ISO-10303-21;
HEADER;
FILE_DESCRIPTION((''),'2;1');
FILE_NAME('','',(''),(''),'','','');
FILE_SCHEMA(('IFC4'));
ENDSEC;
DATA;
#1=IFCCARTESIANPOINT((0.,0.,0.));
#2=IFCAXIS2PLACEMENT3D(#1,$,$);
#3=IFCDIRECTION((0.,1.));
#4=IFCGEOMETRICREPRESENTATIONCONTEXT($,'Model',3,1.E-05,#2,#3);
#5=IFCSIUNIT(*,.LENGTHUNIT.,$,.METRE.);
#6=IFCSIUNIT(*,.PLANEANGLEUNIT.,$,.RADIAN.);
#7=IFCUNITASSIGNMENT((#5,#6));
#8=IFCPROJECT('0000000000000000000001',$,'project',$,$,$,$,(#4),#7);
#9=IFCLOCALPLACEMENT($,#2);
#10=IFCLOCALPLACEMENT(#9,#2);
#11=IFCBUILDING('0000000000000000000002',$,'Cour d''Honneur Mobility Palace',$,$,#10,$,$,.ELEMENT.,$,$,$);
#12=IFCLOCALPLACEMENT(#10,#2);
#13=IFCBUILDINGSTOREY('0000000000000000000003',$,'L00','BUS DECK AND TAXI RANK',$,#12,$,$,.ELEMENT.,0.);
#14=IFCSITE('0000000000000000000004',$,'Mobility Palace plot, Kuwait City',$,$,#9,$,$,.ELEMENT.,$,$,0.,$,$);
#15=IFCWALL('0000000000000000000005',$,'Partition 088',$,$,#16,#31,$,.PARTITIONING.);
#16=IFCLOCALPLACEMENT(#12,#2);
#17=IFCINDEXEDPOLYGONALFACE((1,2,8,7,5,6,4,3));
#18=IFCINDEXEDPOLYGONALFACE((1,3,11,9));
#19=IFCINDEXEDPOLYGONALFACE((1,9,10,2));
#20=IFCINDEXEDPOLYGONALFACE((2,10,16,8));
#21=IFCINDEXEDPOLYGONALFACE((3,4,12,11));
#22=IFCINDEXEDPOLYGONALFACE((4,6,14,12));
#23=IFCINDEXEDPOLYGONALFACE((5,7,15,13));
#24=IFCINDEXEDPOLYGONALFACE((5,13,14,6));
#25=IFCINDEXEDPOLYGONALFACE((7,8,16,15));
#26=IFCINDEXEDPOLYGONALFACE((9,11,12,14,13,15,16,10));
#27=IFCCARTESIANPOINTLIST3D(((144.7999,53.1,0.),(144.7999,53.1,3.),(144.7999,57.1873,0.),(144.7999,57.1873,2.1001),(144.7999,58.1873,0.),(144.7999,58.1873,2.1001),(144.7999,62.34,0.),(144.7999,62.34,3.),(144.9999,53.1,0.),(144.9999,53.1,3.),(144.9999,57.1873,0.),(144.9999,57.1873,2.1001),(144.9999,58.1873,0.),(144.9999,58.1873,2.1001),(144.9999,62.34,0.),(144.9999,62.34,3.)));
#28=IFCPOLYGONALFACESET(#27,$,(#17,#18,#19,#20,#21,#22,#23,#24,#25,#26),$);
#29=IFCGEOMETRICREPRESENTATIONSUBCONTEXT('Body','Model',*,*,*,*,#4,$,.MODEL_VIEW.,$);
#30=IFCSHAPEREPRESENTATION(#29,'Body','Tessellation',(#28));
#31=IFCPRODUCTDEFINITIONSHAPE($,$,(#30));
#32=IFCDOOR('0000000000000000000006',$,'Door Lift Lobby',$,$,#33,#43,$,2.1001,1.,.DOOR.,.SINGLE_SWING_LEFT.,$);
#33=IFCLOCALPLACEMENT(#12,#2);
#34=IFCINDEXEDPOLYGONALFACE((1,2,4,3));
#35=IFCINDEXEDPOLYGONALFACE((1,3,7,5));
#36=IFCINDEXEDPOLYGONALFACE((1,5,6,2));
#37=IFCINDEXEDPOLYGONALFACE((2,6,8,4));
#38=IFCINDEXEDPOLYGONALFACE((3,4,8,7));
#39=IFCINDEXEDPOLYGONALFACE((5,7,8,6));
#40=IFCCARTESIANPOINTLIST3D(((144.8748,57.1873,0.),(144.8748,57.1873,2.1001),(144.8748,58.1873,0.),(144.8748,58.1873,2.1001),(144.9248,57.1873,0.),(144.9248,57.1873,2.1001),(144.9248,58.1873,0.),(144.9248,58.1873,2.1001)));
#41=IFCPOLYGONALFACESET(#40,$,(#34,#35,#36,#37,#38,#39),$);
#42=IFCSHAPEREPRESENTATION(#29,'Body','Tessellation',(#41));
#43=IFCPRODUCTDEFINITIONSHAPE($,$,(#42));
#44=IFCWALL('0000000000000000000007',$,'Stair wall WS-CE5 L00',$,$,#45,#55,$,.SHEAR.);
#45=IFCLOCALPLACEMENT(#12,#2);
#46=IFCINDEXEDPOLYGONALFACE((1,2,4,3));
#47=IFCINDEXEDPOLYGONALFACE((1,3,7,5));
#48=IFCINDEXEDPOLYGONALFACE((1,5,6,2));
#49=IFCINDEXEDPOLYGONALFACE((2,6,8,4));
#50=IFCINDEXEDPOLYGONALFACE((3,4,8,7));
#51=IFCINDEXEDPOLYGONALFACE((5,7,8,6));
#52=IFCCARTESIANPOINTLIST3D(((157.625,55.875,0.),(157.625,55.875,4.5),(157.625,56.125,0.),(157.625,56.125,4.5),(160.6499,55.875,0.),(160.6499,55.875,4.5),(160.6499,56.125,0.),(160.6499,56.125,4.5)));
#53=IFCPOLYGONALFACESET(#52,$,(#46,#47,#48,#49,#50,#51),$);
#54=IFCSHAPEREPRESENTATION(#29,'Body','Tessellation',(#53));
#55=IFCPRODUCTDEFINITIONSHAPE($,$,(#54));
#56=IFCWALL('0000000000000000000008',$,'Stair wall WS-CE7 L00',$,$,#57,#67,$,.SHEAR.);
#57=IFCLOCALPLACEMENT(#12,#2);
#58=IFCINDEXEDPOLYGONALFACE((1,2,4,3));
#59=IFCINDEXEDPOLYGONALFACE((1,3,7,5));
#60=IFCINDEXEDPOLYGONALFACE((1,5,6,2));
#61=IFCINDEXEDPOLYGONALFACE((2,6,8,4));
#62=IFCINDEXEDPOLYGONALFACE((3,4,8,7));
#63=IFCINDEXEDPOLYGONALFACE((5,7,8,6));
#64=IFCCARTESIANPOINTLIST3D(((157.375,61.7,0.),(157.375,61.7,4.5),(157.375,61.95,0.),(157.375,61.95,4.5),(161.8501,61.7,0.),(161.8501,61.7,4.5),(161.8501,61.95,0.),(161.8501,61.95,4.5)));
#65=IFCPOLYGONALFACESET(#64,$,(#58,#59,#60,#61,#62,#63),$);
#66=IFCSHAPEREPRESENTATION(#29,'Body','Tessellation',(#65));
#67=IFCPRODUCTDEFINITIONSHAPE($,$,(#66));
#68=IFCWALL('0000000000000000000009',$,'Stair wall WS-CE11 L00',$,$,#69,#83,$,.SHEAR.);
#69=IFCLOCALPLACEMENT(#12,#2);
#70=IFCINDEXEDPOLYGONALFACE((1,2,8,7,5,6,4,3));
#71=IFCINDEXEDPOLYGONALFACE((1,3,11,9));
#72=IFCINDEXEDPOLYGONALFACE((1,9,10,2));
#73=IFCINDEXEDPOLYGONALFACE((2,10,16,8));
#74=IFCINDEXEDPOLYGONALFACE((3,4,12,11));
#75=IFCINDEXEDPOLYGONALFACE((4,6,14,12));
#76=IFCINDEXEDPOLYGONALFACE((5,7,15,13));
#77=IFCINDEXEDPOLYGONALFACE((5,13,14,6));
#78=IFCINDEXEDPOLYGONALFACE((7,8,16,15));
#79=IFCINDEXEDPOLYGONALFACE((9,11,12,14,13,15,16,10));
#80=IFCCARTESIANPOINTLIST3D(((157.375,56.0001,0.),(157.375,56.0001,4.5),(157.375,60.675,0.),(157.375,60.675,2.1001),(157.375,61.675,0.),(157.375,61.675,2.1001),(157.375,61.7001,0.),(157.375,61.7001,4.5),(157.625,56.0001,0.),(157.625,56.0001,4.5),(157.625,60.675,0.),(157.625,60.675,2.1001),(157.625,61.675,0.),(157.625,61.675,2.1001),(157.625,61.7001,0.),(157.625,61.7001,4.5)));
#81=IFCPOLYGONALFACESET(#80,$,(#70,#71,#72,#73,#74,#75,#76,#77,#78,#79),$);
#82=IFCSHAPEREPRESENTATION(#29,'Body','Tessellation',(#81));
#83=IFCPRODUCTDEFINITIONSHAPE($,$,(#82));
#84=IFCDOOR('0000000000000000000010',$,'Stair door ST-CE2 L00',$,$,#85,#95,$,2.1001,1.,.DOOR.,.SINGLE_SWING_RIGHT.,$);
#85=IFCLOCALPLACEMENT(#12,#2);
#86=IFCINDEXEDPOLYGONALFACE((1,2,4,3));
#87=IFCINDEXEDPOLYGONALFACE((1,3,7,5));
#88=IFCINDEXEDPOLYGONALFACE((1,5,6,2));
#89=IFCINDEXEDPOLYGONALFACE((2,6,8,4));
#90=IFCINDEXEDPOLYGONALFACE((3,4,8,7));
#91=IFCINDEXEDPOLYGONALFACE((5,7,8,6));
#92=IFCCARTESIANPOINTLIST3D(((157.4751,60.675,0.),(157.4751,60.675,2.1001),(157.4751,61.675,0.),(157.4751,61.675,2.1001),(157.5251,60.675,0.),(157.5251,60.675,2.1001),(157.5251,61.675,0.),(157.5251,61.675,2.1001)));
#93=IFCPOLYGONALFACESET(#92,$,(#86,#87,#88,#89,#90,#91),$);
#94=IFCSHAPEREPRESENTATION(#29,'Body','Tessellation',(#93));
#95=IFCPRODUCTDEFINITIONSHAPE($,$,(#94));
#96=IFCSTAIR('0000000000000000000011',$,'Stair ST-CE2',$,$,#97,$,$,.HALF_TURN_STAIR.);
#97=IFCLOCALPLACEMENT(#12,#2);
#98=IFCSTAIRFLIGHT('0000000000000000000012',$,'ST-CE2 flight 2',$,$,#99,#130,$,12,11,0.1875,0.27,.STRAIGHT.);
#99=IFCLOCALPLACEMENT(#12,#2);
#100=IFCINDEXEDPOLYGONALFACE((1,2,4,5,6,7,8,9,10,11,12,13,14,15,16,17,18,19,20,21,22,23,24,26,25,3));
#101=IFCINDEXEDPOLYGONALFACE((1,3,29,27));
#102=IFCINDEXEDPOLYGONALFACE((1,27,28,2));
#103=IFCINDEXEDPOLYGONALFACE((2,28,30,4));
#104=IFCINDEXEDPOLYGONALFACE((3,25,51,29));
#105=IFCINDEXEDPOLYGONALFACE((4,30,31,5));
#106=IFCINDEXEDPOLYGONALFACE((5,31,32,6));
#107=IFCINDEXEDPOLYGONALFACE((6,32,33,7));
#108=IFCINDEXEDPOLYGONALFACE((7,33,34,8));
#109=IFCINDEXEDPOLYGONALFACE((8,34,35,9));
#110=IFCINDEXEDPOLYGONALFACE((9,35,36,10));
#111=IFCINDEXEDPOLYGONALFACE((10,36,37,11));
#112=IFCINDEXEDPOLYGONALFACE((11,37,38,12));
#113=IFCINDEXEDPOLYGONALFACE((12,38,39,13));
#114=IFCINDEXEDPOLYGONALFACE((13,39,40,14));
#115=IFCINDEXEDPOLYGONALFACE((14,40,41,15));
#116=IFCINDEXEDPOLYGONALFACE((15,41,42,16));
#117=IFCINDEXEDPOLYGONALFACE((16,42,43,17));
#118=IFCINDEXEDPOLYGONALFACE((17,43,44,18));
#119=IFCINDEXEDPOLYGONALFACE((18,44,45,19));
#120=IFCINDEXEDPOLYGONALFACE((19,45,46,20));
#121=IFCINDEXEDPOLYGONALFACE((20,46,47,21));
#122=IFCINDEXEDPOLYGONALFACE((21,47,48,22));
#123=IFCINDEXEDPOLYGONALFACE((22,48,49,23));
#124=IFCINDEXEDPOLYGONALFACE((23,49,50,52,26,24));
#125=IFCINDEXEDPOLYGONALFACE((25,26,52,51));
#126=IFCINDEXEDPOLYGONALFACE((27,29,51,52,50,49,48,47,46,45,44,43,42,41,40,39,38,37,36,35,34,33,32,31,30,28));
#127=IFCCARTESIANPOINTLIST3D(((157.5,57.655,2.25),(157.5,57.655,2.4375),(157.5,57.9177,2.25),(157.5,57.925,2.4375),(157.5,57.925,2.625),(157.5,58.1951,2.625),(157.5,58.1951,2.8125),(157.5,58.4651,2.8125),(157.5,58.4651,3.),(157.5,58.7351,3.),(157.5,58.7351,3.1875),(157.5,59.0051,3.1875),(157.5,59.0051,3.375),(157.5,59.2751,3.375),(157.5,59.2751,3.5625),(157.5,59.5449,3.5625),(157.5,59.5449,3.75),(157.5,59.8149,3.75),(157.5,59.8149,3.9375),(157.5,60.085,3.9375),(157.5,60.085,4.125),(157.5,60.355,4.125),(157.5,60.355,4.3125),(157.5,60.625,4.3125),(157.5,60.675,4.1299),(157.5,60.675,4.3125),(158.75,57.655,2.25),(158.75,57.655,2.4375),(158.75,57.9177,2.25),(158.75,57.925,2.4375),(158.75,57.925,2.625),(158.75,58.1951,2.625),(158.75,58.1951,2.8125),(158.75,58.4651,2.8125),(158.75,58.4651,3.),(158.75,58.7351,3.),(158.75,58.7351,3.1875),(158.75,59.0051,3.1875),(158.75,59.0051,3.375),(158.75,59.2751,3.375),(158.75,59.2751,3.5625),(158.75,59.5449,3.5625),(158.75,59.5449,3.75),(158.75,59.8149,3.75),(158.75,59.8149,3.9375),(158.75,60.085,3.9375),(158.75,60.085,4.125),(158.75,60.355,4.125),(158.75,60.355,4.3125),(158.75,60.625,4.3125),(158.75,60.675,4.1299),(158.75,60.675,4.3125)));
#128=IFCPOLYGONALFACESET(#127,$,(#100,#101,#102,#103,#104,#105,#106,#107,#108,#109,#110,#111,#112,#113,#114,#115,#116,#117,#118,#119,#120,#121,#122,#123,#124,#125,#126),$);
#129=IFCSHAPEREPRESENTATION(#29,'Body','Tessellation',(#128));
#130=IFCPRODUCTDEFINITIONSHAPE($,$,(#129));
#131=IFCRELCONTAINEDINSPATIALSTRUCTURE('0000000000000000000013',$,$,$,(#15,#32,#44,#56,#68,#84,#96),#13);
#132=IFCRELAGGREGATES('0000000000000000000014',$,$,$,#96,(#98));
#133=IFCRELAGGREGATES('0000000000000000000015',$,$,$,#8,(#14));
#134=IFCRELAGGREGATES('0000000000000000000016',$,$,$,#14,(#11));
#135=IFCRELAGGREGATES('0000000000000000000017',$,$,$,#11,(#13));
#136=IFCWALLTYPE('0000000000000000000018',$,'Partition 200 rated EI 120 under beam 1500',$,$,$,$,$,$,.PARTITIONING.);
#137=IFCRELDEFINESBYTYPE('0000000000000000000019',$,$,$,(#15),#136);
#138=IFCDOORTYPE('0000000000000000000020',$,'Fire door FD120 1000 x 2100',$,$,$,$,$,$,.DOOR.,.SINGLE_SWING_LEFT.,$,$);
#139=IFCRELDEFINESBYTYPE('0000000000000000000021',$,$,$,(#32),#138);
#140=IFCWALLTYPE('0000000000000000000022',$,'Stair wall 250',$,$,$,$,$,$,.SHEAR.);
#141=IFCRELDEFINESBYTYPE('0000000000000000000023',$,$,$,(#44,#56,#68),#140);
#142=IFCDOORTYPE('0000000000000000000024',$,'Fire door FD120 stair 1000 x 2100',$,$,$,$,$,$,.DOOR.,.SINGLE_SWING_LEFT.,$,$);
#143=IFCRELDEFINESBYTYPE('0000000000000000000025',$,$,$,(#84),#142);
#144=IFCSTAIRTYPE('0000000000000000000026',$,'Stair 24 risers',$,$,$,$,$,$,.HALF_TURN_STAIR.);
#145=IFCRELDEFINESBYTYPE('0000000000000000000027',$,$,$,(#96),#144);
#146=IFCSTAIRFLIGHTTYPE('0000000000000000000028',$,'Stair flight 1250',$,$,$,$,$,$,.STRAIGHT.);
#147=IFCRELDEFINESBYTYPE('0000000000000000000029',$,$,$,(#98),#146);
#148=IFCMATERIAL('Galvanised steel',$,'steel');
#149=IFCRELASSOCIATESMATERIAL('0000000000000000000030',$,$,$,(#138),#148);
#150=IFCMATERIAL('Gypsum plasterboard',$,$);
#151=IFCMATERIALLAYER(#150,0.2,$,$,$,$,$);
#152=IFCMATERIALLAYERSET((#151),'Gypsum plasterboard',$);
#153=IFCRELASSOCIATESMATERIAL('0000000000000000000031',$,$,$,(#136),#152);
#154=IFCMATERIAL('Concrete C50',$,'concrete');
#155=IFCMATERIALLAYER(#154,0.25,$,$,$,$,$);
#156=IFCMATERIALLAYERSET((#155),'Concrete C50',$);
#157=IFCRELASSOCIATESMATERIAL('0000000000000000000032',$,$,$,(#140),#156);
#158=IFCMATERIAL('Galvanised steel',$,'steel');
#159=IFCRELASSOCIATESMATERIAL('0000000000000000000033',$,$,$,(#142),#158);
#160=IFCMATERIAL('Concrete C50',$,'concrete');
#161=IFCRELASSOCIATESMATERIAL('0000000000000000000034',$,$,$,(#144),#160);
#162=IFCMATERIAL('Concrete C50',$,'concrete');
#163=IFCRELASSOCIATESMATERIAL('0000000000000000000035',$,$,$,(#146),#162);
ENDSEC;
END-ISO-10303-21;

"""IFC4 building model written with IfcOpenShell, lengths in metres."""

from ifc_helpers import new_model, si_unit, direction, frame, frame_2d, origin, place, context, subcontext, project, spatial, polyline, rectangle, outline, extrude, material, layer, layer_set, type_object, element, fill, aggregate, save


model = new_model("IFC4")

# Units and contexts
model_context = context("Model", 3, precision=1e-05, world=origin(), true_north=direction((0.0, 1.0)))
body_context = subcontext(model_context, "Body", "Model", "MODEL_VIEW")
ifc_project = project(units=[si_unit("LENGTHUNIT", "METRE"), si_unit("PLANEANGLEUNIT", "RADIAN")], contexts=[model_context])

# Site, building, storey
site_placement = place(None, origin())
site = spatial("IfcSite", under=ifc_project, at=site_placement, Name="Mobility Palace plot, Kuwait City", CompositionType="ELEMENT", RefElevation=0.0)
building_placement = place(site_placement, origin())
building = spatial("IfcBuilding", under=site, at=building_placement, Name="Cour d'Honneur Mobility Palace", CompositionType="ELEMENT")
storey_placement = place(building_placement, origin())
storey = spatial("IfcBuildingStorey", under=building, at=storey_placement, Name="L00", Description="BUS DECK AND TAXI RANK", CompositionType="ELEMENT", Elevation=0.0)

# Shared definitions
ifc_material_1 = material(Name="Galvanised steel", Category="steel")
door_type_1 = type_object("IfcDoorType", Name="Fire door FD120 1000 x 2100", OperationType="SINGLE_SWING_LEFT", PredefinedType="DOOR", material=ifc_material_1)

# Wall, opening, door
ifc_material_2 = material(Name="Gypsum plasterboard")
ifc_layer_1 = layer(ifc_material_2, 0.2)
ifc_layer_set_1 = layer_set([ifc_layer_1], Name="Gypsum plasterboard")
wall_type_1 = type_object("IfcWallType", Name="Partition 200 rated EI 120 under beam 1500", PredefinedType="PARTITIONING", material=ifc_layer_set_1)
wall_1_placement = place(storey_placement, frame((144.8999, 62.3401, 0.0), z_axis=(0.0, 0.0, 1.0), x_axis=(0.0, -1.0, 0.0)))
wall_1 = element("IfcWall", 1, at=wall_1_placement, inside=storey, type_object=wall_type_1, Name="Partition 088", PredefinedType="PARTITIONING", context=body_context, shape_type="SweptSolid", body=[
    extrude(rectangle(XDim=9.24, YDim=0.2, at=frame_2d((4.6201, 0.0))), origin(), (0.0, 0.0, 1.0), 3.0),
])
opening_1_placement = place(wall_1_placement, frame((4.1528, 0.0, 0.0)))
opening_1 = element("IfcOpeningElement", 2, at=opening_1_placement, cuts=wall_1, PredefinedType="OPENING", context=body_context, shape_type="SweptSolid", body=[
    extrude(rectangle(XDim=1.0, YDim=2.1001, at=frame_2d((0.5, 1.05))), frame((0.0, 0.1099, 0.0), z_axis=(0.0, -1.0, 0.0), x_axis=(1.0, 0.0, 0.0)), (0.0, 0.0, 1.0), 0.22),
])
door_1_placement = place(opening_1_placement, origin())
door_1 = element("IfcDoor", 3, at=door_1_placement, inside=storey, type_object=door_type_1, Name="Door Lift Lobby", OperationType="SINGLE_SWING_LEFT", OverallHeight=2.1001, OverallWidth=1.0, PredefinedType="DOOR", context=body_context, shape_type="SweptSolid", body=[
    extrude(rectangle(XDim=1.0, YDim=2.1001, at=frame_2d((0.5, 1.05))), frame((0.0, 0.0249, 0.0), z_axis=(0.0, -1.0, 0.0), x_axis=(1.0, 0.0, 0.0)), (0.0, 0.0, 1.0), 0.05),
])
fill(opening_1, door_1)

# Walls
ifc_material_3 = material(Name="Concrete C50", Category="concrete")
ifc_layer_2 = layer(ifc_material_3, 0.25)
ifc_layer_set_2 = layer_set([ifc_layer_2], Name="Concrete C50")
wall_type_2 = type_object("IfcWallType", Name="Stair wall 250", PredefinedType="SHEAR", material=ifc_layer_set_2)
wall_2_placement = place(storey_placement, frame((157.625, 56.0, 0.0), z_axis=(0.0, 0.0, 1.0), x_axis=(1.0, 0.0, 0.0)))
element("IfcWall", 4, at=wall_2_placement, inside=storey, type_object=wall_type_2, Name="Stair wall WS-CE5 L00", PredefinedType="SHEAR", context=body_context, shape_type="SweptSolid", body=[
    extrude(rectangle(XDim=3.0249, YDim=0.25, at=frame_2d((1.5125, 0.0))), origin(), (0.0, 0.0, 1.0), 4.5),
])
wall_3_placement = place(storey_placement, frame((157.375, 61.825, 0.0), z_axis=(0.0, 0.0, 1.0), x_axis=(1.0, 0.0, 0.0)))
element("IfcWall", 5, at=wall_3_placement, inside=storey, type_object=wall_type_2, Name="Stair wall WS-CE7 L00", PredefinedType="SHEAR", context=body_context, shape_type="SweptSolid", body=[
    extrude(rectangle(XDim=4.4751, YDim=0.25, at=frame_2d((2.2375, 0.0))), origin(), (0.0, 0.0, 1.0), 4.5),
])

# Wall, opening, door
wall_4_placement = place(storey_placement, frame((157.5, 56.0, 0.0), z_axis=(0.0, 0.0, 1.0), x_axis=(0.0, 1.0, 0.0)))
wall_4 = element("IfcWall", 6, at=wall_4_placement, inside=storey, type_object=wall_type_2, Name="Stair wall WS-CE11 L00", PredefinedType="SHEAR", context=body_context, shape_type="SweptSolid", body=[
    extrude(rectangle(XDim=5.7, YDim=0.25, at=frame_2d((2.8501, 0.0))), origin(), (0.0, 0.0, 1.0), 4.5),
])
opening_2_placement = place(wall_4_placement, frame((4.675, 0.0, 0.0)))
opening_2 = element("IfcOpeningElement", 7, at=opening_2_placement, cuts=wall_4, PredefinedType="OPENING", context=body_context, shape_type="SweptSolid", body=[
    extrude(rectangle(XDim=1.0, YDim=2.1001, at=frame_2d((0.5, 1.05))), frame((0.0, 0.135, 0.0), z_axis=(0.0, -1.0, 0.0), x_axis=(1.0, 0.0, 0.0)), (0.0, 0.0, 1.0), 0.27),
])
ifc_material_4 = material(Name="Galvanised steel", Category="steel")
door_type_2 = type_object("IfcDoorType", Name="Fire door FD120 stair 1000 x 2100", OperationType="SINGLE_SWING_LEFT", PredefinedType="DOOR", material=ifc_material_4)
door_2_placement = place(opening_2_placement, origin())
door_2 = element("IfcDoor", 8, at=door_2_placement, inside=storey, type_object=door_type_2, Name="Stair door ST-CE2 L00", OperationType="SINGLE_SWING_RIGHT", OverallHeight=2.1001, OverallWidth=1.0, PredefinedType="DOOR", context=body_context, shape_type="SweptSolid", body=[
    extrude(rectangle(XDim=1.0, YDim=2.1001, at=frame_2d((0.5, 1.05))), frame((0.0, 0.0249, 0.0), z_axis=(0.0, -1.0, 0.0), x_axis=(1.0, 0.0, 0.0)), (0.0, 0.0, 1.0), 0.05),
])
fill(opening_2, door_2)

# Stair, stair flight
ifc_material_5 = material(Name="Concrete C50", Category="concrete")
stair_type = type_object("IfcStairType", Name="Stair 24 risers", PredefinedType="HALF_TURN_STAIR", material=ifc_material_5)
stair_placement = place(storey_placement, origin())
stair = element("IfcStair", 9, at=stair_placement, inside=storey, type_object=stair_type, Name="Stair ST-CE2", PredefinedType="HALF_TURN_STAIR")
ifc_material_6 = material(Name="Concrete C50", Category="concrete")
stair_flight_type = type_object("IfcStairFlightType", Name="Stair flight 1250", PredefinedType="STRAIGHT", material=ifc_material_6)
stair_flight_placement = place(storey_placement, frame((158.125, 57.655, 2.25), z_axis=(0.0, 0.0, 1.0), x_axis=(0.0, 1.0, 0.0)))
stair_flight = element("IfcStairFlight", 10, at=stair_flight_placement, type_object=stair_flight_type, Name="ST-CE2 flight 2", NumberOfRisers=12, NumberOfTreads=11, PredefinedType="STRAIGHT", RiserHeight=0.1875, TreadLength=0.27, context=body_context, shape_type="SweptSolid", body=[
    extrude(outline(polyline([(0.0, 0.0), (0.0, 0.1875), (0.27, 0.1875), (0.27, 0.375), (0.54, 0.375), (0.54, 0.5625), (0.8101, 0.5625), (0.8101, 0.75), (1.0801, 0.75), (1.0801, 0.9375), (1.3501, 0.9375), (1.3501, 1.125), (1.6201, 1.125), (1.6201, 1.3125), (1.8899, 1.3125), (1.8899, 1.5), (2.1599, 1.5), (2.1599, 1.6875), (2.4299, 1.6875), (2.4299, 1.875), (2.7, 1.875), (2.7, 2.0625), (2.97, 2.0625), (3.02, 2.0625), (3.02, 1.8799), (0.2627, 0.0), (0.0, 0.0)])), frame((0.0, 0.625, 0.0), z_axis=(0.0, -1.0, 0.0), x_axis=(1.0, 0.0, 0.0)), (0.0, 0.0, 1.0), 1.25),
])
aggregate(stair, [stair_flight])

save(model, "model.ifc")
